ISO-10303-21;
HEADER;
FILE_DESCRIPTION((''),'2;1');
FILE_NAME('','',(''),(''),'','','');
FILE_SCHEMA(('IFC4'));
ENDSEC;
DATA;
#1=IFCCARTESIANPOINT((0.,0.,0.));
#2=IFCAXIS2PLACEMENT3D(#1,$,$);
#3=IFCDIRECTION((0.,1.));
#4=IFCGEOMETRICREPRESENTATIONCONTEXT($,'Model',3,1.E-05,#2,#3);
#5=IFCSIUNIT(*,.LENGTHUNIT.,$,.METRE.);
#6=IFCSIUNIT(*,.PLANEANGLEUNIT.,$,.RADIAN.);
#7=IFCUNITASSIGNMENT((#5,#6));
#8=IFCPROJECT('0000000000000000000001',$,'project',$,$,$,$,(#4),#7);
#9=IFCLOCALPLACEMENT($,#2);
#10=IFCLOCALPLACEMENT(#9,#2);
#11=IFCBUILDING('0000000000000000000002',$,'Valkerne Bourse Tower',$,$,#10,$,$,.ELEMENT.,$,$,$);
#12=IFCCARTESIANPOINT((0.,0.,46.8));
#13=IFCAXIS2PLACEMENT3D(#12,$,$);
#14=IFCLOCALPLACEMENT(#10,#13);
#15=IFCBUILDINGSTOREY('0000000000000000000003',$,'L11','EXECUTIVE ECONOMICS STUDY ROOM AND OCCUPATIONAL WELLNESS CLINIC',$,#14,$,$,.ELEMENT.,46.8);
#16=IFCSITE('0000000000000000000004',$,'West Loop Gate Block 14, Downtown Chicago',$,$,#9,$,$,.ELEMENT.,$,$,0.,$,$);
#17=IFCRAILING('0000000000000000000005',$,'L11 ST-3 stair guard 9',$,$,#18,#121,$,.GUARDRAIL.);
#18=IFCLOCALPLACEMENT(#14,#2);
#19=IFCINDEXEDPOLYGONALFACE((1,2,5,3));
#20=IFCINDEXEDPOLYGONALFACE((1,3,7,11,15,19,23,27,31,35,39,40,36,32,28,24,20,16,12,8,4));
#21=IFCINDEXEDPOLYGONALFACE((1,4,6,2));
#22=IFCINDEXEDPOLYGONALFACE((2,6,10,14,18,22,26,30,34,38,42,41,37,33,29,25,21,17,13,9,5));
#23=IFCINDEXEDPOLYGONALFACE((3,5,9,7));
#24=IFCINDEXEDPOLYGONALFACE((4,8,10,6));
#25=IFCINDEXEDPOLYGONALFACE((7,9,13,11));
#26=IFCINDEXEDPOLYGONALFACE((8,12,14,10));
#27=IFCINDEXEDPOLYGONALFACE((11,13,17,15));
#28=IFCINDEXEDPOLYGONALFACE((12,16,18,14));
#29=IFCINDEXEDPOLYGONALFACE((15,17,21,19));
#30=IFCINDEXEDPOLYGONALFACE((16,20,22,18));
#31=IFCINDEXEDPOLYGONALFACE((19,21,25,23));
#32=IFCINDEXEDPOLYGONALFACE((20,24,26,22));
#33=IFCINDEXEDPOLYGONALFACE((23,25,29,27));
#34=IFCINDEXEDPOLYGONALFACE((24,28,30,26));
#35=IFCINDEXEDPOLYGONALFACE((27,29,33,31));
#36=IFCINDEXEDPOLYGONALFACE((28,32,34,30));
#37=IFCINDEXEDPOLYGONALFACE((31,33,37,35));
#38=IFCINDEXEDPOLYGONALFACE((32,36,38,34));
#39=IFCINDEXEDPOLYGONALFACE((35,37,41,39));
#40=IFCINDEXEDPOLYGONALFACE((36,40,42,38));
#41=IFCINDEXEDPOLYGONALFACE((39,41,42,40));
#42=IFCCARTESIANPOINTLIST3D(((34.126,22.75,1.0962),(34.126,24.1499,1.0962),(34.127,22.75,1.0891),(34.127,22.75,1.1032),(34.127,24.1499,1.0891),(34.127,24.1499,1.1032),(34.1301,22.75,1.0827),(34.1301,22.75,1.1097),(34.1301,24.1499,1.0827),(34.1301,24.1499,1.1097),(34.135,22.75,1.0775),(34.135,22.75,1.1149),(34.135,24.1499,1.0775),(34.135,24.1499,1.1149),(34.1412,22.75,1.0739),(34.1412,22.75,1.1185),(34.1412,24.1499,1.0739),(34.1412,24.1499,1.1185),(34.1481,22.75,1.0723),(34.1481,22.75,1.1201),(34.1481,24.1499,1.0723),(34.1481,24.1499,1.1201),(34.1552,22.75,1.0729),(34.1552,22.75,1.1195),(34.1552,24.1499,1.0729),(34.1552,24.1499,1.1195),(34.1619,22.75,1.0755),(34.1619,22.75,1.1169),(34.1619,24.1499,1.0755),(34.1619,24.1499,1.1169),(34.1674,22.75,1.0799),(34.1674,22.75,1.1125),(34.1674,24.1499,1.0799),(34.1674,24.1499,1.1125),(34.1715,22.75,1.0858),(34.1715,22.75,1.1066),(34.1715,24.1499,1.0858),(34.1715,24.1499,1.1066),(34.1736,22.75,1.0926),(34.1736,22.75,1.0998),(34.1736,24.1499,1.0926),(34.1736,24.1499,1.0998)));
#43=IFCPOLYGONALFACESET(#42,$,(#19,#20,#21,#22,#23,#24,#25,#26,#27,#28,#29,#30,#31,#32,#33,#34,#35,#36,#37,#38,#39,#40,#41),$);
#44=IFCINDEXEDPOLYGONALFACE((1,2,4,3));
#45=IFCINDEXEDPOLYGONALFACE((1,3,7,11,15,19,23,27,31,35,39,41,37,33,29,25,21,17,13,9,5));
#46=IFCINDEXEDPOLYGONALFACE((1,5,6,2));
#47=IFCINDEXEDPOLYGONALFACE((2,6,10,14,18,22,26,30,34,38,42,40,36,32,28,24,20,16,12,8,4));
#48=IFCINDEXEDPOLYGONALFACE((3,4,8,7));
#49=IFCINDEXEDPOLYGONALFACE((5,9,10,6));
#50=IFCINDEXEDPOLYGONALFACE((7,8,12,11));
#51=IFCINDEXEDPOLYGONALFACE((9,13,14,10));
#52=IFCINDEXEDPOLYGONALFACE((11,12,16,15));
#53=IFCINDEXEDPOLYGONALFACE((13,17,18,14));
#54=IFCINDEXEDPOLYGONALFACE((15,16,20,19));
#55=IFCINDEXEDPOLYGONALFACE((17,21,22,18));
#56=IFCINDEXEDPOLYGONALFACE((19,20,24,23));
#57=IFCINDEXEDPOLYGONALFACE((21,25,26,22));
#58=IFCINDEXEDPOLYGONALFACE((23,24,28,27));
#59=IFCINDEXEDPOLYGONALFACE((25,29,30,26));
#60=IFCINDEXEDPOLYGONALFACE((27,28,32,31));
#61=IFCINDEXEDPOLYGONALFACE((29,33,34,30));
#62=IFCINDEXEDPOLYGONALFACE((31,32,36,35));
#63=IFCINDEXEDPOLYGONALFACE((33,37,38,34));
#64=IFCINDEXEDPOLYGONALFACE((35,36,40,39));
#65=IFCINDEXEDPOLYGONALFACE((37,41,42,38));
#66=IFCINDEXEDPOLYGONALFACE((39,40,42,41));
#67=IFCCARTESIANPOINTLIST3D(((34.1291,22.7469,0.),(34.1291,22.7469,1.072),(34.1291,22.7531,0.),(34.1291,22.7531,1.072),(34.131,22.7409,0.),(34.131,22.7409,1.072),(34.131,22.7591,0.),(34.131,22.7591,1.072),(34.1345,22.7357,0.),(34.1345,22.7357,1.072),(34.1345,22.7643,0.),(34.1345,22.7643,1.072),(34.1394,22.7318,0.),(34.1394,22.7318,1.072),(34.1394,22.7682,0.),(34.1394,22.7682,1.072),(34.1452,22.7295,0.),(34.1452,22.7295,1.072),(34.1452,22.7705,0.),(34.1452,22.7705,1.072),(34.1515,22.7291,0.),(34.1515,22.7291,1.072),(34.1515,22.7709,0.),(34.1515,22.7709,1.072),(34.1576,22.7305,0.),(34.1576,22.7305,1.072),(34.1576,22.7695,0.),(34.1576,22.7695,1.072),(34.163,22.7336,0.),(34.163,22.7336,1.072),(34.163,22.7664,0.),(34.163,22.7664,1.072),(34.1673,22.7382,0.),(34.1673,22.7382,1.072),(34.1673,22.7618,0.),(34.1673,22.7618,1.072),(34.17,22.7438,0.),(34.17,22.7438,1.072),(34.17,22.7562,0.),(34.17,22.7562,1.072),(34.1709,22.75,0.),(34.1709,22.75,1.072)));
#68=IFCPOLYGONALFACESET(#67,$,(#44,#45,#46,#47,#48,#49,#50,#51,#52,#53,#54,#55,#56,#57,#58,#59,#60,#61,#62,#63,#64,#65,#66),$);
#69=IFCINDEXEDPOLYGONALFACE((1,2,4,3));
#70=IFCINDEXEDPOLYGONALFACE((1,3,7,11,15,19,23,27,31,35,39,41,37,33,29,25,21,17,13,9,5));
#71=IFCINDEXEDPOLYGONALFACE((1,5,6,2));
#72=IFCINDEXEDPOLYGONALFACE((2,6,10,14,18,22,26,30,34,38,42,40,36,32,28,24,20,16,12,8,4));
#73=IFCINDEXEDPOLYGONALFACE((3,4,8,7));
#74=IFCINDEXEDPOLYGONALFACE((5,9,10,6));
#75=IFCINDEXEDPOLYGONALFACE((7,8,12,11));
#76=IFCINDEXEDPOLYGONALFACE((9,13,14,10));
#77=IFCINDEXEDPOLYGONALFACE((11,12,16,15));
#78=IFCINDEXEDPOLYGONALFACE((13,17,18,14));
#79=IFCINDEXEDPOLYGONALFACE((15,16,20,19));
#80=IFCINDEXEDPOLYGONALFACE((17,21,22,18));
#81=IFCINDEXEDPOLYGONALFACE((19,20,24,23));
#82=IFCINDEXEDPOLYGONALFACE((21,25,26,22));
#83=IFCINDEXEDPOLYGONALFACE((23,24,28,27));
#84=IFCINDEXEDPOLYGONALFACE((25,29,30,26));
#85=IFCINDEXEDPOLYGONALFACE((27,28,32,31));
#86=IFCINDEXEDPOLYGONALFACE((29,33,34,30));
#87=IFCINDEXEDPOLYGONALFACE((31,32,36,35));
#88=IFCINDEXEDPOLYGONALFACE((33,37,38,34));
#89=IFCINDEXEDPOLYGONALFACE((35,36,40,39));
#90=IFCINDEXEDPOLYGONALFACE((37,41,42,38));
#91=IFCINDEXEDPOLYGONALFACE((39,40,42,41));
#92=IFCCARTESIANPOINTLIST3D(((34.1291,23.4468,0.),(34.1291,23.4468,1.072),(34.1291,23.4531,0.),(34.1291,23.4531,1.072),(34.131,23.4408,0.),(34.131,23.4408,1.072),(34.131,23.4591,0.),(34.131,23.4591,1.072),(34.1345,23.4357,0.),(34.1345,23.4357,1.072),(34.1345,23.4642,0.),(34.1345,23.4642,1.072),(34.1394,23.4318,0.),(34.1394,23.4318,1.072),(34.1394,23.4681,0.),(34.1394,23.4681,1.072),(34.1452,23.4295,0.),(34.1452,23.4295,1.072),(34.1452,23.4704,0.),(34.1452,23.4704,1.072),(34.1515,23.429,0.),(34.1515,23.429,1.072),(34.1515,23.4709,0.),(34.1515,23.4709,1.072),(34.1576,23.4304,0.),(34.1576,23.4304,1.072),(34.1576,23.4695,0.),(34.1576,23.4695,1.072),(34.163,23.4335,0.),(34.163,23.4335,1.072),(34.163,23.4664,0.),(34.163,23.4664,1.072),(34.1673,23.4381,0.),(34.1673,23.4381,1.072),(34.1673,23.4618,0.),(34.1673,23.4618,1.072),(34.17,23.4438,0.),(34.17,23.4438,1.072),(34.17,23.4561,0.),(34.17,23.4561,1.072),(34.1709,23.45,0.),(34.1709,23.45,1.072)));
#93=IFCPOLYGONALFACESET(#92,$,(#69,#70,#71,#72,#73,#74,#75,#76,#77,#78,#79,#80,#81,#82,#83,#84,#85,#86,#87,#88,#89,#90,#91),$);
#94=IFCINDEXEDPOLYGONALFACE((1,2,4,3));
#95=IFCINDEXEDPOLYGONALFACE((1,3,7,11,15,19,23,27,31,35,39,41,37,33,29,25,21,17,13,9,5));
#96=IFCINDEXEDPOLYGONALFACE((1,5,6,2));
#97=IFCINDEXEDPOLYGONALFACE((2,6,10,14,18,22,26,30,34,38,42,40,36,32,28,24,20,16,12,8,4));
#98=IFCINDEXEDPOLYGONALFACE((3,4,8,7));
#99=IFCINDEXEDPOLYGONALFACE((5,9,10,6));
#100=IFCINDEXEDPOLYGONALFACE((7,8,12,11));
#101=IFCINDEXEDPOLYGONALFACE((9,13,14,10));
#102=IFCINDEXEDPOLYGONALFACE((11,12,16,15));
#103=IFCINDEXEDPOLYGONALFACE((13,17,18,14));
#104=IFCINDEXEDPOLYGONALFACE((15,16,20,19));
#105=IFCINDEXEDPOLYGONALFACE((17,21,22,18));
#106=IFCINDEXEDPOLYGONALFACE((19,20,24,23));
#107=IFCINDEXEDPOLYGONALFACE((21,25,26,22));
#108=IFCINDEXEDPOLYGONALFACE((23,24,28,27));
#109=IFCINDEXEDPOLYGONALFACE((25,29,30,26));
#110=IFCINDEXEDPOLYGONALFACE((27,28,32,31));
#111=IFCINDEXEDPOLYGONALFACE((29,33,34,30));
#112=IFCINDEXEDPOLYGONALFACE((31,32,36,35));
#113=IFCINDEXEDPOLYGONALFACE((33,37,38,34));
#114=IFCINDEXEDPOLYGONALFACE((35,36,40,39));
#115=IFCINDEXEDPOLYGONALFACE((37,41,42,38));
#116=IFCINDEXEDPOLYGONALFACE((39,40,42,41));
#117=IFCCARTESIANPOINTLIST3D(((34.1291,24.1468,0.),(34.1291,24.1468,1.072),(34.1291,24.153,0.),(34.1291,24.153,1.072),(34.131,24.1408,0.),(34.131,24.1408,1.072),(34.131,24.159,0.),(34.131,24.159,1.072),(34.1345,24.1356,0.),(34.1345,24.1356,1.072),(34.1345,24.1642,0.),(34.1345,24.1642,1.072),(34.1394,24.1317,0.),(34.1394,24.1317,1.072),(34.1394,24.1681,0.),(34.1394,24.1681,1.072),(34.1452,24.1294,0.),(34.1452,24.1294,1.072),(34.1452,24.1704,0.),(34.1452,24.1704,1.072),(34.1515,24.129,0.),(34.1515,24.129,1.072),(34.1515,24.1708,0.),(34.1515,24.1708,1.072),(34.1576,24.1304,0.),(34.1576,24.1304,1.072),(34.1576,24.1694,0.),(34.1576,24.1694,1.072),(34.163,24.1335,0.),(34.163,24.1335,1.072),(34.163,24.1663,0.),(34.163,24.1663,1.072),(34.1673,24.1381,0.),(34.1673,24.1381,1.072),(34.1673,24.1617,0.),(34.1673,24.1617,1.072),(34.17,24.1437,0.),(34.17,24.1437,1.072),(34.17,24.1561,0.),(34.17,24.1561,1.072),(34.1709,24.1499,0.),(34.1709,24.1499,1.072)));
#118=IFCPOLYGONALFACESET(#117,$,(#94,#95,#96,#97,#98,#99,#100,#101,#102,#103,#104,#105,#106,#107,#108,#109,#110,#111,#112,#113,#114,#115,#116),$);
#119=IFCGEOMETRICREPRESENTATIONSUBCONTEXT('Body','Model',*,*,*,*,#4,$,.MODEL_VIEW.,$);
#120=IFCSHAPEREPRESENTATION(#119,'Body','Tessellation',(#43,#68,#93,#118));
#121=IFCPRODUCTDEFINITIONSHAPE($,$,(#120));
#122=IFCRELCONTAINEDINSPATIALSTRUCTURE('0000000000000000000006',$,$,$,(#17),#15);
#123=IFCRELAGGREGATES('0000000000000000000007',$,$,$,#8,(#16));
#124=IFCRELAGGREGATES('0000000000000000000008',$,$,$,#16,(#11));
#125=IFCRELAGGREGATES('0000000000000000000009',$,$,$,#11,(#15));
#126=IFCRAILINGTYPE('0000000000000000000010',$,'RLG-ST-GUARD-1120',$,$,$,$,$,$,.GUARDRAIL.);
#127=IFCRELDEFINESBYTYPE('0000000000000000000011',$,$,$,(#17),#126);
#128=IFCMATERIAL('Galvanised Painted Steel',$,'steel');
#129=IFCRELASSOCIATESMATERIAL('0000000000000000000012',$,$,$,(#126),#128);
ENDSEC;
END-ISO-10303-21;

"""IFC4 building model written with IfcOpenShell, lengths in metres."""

from ifc_helpers import new_model, si_unit, direction, frame, origin, origin_2d, place, context, subcontext, project, spatial, circle, extrude, material, type_object, element, save


model = new_model("IFC4")

# Units and contexts
model_context = context("Model", 3, precision=1e-05, world=origin(), true_north=direction((0.0, 1.0)))
body_context = subcontext(model_context, "Body", "Model", "MODEL_VIEW")
ifc_project = project(units=[si_unit("LENGTHUNIT", "METRE"), si_unit("PLANEANGLEUNIT", "RADIAN")], contexts=[model_context])

# Site, building, storey
site_placement = place(None, origin())
site = spatial("IfcSite", under=ifc_project, at=site_placement, Name="West Loop Gate Block 14, Downtown Chicago", CompositionType="ELEMENT", RefElevation=0.0)
building_placement = place(site_placement, origin())
building = spatial("IfcBuilding", under=site, at=building_placement, Name="Valkerne Bourse Tower", CompositionType="ELEMENT")
storey_placement = place(building_placement, frame((0.0, 0.0, 46.8)))
storey = spatial("IfcBuildingStorey", under=building, at=storey_placement, Name="L11", Description="EXECUTIVE ECONOMICS STUDY ROOM AND OCCUPATIONAL WELLNESS CLINIC", CompositionType="ELEMENT", Elevation=46.8)

# Shared definitions
ifc_material_1 = material(Name="Galvanised Painted Steel", Category="steel")

# Railing
railing_type_1 = type_object("IfcRailingType", Name="RLG-ST-GUARD-1120", PredefinedType="GUARDRAIL", material=ifc_material_1)
for number, where, name in (
    (1, (34.1499, 22.75, 0.0), "L11 ST-3 stair guard 9"),
):
    element("IfcRailing", number, at=place(storey_placement, frame(where)), inside=storey, type_object=railing_type_1, Name=name, PredefinedType="GUARDRAIL", context=body_context, shape_type="SweptSolid", body=[
        extrude(circle(Radius=0.0239, at=origin_2d()), frame((0.0, 0.0, 1.0962), z_axis=(0.0, 1.0, 0.0), x_axis=(-1.0, 0.0, 0.0)), (0.0, 0.0, 1.0), 1.3999),
        extrude(circle(Radius=0.021, at=origin_2d()), origin(), (0.0, 0.0, 1.0), 1.072),
        extrude(circle(Radius=0.021, at=origin_2d()), frame((0.0, 0.7, 0.0)), (0.0, 0.0, 1.0), 1.072),
        extrude(circle(Radius=0.021, at=origin_2d()), frame((0.0, 1.3999, 0.0)), (0.0, 0.0, 1.0), 1.072),
    ])

save(model, "model.ifc")
